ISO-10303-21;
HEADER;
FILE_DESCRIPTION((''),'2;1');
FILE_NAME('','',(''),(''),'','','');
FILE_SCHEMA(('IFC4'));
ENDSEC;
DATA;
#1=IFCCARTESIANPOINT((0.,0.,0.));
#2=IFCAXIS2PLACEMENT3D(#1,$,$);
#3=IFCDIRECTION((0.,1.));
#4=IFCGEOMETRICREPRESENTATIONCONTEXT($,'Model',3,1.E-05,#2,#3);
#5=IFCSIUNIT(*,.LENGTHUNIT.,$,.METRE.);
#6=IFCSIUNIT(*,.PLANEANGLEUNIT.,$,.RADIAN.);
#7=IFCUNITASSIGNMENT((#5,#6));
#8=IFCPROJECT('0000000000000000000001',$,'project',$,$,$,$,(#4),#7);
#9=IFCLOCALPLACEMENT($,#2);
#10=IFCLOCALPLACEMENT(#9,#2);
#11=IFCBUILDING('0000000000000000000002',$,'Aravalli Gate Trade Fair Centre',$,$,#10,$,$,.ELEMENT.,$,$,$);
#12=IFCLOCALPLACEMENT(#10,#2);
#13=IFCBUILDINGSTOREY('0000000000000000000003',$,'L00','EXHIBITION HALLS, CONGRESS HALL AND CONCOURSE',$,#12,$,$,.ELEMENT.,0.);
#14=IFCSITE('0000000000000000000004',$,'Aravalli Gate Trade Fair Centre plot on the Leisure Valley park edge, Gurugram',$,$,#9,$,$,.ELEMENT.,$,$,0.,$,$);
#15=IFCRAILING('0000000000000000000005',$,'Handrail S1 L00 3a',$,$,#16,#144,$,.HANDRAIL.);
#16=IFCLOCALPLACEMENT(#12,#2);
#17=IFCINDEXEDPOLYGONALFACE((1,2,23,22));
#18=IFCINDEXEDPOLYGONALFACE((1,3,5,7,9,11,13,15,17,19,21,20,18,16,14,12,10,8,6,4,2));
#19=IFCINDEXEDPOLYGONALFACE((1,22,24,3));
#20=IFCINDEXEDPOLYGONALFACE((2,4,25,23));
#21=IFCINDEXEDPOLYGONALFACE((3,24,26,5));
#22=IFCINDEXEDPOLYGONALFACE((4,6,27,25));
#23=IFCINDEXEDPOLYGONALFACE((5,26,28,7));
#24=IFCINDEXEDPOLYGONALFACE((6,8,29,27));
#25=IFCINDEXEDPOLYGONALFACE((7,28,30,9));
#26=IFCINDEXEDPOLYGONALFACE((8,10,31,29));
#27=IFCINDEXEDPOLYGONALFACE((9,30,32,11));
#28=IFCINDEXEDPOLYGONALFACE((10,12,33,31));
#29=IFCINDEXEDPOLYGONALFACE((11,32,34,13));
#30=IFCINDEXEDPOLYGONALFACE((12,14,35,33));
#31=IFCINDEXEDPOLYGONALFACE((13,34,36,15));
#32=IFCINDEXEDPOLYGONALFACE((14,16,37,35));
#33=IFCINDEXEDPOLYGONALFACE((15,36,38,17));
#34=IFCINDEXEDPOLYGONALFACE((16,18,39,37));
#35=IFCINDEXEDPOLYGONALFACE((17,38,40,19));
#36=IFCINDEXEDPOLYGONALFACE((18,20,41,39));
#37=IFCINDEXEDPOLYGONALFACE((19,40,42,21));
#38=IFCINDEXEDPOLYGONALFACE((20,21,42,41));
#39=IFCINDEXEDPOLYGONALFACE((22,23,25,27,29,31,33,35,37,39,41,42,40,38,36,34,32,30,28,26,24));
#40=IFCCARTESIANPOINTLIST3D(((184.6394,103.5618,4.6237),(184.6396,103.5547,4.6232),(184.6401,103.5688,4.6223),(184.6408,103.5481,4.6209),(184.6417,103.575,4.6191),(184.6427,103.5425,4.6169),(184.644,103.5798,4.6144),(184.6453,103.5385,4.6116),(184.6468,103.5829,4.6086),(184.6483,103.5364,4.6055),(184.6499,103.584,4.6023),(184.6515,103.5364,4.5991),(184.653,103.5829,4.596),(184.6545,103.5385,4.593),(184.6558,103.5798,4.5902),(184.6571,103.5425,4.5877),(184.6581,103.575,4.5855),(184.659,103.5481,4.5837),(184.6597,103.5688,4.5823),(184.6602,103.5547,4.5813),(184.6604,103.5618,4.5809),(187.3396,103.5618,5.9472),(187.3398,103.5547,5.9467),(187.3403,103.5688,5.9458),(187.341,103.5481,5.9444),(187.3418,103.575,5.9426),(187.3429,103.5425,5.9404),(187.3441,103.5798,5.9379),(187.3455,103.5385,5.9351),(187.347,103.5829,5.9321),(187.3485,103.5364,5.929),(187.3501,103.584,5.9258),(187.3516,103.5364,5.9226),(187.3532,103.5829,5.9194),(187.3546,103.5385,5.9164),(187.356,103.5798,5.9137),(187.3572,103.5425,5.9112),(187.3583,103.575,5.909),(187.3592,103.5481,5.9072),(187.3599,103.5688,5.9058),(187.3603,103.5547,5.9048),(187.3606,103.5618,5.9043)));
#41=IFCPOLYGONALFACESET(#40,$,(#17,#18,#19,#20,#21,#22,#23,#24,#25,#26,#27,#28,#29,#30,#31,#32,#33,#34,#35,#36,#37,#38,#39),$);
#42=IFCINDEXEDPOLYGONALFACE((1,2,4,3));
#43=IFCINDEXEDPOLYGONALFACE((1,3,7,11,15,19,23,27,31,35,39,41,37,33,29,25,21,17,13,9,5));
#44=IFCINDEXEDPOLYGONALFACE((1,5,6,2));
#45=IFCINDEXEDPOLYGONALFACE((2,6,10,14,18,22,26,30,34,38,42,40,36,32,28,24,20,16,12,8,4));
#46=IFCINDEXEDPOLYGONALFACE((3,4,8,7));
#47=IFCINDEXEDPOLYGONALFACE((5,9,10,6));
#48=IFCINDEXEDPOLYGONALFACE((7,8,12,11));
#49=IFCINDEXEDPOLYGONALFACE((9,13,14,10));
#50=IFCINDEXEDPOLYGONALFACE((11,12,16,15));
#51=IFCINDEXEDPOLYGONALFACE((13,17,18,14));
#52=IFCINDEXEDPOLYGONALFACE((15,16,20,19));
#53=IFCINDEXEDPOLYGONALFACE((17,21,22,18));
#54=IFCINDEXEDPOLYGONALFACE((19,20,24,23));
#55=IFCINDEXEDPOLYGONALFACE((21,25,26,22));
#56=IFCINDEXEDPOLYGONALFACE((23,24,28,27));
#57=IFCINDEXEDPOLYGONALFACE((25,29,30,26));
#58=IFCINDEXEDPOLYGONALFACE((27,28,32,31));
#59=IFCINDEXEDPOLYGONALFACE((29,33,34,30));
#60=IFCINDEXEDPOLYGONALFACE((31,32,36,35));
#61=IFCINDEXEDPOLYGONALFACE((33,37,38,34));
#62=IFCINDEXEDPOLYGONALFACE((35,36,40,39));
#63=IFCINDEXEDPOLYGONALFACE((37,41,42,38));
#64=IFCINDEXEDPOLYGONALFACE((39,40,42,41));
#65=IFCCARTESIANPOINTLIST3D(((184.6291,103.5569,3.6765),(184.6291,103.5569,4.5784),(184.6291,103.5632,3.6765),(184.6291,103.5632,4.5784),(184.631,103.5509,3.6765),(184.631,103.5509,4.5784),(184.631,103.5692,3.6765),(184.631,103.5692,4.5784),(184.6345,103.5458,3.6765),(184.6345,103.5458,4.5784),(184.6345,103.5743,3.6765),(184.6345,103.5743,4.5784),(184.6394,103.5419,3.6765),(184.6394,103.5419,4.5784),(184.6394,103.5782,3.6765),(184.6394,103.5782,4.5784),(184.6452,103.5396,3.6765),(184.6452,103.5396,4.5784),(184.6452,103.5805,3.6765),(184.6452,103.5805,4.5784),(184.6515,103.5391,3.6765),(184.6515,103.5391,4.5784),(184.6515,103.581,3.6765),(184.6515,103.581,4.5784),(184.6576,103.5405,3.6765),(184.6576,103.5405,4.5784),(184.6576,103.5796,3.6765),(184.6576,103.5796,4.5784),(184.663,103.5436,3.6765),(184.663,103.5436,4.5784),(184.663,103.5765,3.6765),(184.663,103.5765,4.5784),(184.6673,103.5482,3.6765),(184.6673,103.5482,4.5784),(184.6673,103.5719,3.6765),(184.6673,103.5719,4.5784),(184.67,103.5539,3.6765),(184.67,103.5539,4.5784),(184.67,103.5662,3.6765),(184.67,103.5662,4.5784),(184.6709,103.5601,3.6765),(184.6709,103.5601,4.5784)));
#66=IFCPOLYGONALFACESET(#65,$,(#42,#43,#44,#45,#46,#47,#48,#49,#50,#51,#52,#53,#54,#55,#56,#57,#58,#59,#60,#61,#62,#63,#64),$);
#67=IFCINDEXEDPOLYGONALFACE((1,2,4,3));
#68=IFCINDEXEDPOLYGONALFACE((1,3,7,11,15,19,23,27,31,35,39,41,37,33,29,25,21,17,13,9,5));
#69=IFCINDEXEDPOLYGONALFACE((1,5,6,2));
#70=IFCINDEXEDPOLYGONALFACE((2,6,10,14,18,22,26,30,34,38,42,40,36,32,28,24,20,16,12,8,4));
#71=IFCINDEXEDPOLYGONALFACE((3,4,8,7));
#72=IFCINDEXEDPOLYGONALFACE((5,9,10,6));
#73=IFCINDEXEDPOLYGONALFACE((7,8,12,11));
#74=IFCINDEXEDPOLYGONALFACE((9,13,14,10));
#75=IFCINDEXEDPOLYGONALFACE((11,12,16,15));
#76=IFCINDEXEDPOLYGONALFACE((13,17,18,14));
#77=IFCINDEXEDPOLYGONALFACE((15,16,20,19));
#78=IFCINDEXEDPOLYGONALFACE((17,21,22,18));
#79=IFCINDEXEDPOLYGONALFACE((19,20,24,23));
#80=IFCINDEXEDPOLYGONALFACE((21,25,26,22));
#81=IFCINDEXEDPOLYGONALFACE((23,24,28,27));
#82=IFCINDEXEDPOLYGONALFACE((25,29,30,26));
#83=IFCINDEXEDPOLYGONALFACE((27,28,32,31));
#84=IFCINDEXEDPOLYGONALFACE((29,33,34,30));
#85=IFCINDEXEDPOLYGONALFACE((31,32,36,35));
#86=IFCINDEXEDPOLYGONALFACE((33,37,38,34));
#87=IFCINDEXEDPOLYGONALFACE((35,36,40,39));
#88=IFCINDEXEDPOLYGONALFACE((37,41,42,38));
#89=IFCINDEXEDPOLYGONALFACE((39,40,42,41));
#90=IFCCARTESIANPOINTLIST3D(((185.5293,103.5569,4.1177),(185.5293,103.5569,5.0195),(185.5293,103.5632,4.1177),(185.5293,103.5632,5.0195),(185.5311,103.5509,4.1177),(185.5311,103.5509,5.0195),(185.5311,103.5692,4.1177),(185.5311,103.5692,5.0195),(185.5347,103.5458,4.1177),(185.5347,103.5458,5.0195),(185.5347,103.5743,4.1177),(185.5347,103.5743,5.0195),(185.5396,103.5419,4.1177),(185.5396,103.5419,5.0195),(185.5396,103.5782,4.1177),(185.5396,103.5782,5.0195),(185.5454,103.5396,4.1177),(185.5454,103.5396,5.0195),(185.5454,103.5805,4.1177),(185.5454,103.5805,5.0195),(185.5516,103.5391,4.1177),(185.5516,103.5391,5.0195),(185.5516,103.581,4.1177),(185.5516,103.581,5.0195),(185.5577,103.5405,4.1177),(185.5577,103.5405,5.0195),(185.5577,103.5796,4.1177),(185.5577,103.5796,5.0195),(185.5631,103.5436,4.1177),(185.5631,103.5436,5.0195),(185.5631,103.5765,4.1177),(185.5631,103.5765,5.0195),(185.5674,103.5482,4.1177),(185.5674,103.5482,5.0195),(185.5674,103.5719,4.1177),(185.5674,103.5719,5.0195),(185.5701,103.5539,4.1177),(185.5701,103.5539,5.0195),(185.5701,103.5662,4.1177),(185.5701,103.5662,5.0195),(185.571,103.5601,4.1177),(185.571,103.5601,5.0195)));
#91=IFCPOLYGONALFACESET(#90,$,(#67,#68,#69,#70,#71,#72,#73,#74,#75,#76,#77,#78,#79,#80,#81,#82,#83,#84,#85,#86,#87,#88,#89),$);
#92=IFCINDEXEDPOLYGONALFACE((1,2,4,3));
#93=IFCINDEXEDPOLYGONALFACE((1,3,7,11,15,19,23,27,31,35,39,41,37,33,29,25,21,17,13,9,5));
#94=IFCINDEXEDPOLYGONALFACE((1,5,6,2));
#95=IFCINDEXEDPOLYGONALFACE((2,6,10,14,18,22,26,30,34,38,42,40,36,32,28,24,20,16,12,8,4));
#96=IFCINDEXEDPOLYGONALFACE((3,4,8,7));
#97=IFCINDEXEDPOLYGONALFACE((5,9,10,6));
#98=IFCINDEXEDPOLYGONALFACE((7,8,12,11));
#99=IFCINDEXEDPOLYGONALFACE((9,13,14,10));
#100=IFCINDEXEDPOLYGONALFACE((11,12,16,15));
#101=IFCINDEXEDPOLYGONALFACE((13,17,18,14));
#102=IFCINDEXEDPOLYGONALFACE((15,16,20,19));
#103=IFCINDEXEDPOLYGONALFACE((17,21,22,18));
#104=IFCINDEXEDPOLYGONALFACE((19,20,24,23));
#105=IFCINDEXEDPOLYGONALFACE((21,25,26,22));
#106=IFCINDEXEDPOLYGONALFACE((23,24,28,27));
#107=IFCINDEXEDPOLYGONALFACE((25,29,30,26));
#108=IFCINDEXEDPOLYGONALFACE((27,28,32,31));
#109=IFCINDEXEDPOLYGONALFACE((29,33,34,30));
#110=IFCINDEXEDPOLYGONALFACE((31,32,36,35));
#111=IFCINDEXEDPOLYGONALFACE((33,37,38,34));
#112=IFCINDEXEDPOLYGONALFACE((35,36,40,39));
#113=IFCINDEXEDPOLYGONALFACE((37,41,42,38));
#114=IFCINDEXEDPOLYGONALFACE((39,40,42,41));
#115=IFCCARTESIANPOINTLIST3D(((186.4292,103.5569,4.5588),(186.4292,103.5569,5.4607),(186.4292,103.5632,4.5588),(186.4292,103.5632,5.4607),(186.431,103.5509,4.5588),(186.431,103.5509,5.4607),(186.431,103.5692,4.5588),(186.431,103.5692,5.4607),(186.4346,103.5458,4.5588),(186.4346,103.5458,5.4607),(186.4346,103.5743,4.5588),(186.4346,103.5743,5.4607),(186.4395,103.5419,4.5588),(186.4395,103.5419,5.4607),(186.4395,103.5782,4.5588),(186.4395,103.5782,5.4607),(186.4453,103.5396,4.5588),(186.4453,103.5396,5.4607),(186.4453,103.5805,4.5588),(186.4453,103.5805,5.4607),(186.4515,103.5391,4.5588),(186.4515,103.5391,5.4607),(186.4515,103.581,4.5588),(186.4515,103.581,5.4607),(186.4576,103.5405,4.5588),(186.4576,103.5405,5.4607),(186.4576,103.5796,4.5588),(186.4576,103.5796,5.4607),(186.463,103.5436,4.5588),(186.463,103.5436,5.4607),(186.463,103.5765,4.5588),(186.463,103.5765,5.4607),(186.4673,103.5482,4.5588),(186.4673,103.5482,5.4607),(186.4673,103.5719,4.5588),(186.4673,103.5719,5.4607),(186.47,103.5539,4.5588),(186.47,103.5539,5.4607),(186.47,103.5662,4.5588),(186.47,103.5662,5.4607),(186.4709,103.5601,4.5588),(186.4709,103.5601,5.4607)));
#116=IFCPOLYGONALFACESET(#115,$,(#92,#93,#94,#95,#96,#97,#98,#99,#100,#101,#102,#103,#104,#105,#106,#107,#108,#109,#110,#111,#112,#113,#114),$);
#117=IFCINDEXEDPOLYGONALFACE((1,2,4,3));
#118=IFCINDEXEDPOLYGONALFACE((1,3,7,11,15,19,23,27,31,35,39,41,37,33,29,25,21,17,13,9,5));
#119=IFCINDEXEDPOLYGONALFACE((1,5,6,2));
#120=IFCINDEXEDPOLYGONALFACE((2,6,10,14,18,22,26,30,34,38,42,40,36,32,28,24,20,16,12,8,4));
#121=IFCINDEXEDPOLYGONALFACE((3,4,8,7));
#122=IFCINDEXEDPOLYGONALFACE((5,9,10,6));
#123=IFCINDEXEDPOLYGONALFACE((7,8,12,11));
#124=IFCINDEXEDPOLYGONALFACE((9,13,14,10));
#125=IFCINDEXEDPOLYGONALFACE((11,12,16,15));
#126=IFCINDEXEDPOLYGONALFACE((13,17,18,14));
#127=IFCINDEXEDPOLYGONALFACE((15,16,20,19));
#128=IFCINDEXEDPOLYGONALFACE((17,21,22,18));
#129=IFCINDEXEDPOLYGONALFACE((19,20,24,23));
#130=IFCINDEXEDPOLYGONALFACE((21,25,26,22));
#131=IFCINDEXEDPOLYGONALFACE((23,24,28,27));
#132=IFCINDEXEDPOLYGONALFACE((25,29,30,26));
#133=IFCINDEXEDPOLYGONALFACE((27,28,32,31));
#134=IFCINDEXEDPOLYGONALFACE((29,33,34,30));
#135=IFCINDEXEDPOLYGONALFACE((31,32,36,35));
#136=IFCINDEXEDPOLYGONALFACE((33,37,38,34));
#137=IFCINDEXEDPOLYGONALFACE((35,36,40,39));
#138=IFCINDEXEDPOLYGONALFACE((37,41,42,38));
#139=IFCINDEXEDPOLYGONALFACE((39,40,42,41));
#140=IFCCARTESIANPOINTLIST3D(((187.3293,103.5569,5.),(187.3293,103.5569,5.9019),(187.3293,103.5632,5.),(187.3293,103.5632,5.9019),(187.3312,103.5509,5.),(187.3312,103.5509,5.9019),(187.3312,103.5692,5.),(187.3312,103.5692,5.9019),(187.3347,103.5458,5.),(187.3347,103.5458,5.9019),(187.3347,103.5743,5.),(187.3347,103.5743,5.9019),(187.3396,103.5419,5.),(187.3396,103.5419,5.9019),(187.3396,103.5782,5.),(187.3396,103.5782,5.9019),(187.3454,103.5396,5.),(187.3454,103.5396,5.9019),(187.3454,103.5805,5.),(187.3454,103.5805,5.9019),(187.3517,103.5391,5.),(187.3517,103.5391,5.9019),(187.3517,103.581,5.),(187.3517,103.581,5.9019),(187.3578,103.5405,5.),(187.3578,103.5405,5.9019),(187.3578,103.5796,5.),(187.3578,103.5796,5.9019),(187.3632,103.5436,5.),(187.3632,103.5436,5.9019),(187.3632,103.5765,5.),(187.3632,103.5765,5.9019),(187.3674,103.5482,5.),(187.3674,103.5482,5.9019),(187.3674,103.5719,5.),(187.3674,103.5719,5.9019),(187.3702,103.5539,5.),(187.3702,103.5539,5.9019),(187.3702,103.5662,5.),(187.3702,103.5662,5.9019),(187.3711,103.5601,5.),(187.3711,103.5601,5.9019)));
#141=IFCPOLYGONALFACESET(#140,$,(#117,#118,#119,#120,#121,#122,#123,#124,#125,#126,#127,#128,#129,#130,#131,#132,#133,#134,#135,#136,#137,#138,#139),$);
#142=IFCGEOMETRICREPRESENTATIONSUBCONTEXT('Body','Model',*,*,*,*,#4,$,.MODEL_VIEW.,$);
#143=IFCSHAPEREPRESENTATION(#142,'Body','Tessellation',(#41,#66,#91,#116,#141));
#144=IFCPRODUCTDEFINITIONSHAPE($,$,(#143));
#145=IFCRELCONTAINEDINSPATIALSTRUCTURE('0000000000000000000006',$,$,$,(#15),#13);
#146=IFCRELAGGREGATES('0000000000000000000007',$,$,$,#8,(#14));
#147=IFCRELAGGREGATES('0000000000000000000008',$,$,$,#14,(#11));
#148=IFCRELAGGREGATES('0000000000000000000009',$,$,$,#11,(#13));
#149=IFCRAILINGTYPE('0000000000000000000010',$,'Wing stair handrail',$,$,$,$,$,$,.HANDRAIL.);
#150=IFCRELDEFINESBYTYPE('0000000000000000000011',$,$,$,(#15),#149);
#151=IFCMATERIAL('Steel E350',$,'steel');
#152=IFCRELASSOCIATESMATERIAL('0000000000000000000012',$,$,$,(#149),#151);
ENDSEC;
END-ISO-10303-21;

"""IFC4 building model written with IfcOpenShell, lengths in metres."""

from ifc_helpers import new_model, si_unit, direction, frame, origin, origin_2d, place, context, subcontext, project, spatial, circle, extrude, material, type_object, element, save


model = new_model("IFC4")

# Units and contexts
model_context = context("Model", 3, precision=1e-05, world=origin(), true_north=direction((0.0, 1.0)))
body_context = subcontext(model_context, "Body", "Model", "MODEL_VIEW")
ifc_project = project(units=[si_unit("LENGTHUNIT", "METRE"), si_unit("PLANEANGLEUNIT", "RADIAN")], contexts=[model_context])

# Site, building, storey
site_placement = place(None, origin())
site = spatial("IfcSite", under=ifc_project, at=site_placement, Name="Aravalli Gate Trade Fair Centre plot on the Leisure Valley park edge, Gurugram", CompositionType="ELEMENT", RefElevation=0.0)
building_placement = place(site_placement, origin())
building = spatial("IfcBuilding", under=site, at=building_placement, Name="Aravalli Gate Trade Fair Centre", CompositionType="ELEMENT")
storey_placement = place(building_placement, origin())
storey = spatial("IfcBuildingStorey", under=building, at=storey_placement, Name="L00", Description="EXHIBITION HALLS, CONGRESS HALL AND CONCOURSE", CompositionType="ELEMENT", Elevation=0.0)

# Shared definitions
ifc_material_1 = material(Name="Steel E350", Category="steel")

# Railing
railing_type_1 = type_object("IfcRailingType", Name="Wing stair handrail", PredefinedType="HANDRAIL", material=ifc_material_1)
railing_1_placement = place(storey_placement, frame((184.6499, 103.5601, 3.6765)))
element("IfcRailing", 1, at=railing_1_placement, inside=storey, type_object=railing_type_1, Name="Handrail S1 L00 3a", PredefinedType="HANDRAIL", context=body_context, shape_type="SweptSolid", body=[
    extrude(circle(Radius=0.0239, at=origin_2d()), frame((0.0, 0.0, 0.9258), z_axis=(0.897939, 0.0, 0.44012), x_axis=(0.0, 1.0, 0.0)), (0.0, 0.0, 1.0), 3.0071),
    extrude(circle(Radius=0.021, at=origin_2d()), origin(), (0.0, 0.0, 1.0), 0.9019),
    extrude(circle(Radius=0.021, at=origin_2d()), frame((0.9001, 0.0, 0.4412)), (0.0, 0.0, 1.0), 0.9019),
    extrude(circle(Radius=0.021, at=origin_2d()), frame((1.8, 0.0, 0.8823)), (0.0, 0.0, 1.0), 0.9019),
    extrude(circle(Radius=0.021, at=origin_2d()), frame((2.7002, 0.0, 1.3235)), (0.0, 0.0, 1.0), 0.9019),
])

save(model, "model.ifc")
